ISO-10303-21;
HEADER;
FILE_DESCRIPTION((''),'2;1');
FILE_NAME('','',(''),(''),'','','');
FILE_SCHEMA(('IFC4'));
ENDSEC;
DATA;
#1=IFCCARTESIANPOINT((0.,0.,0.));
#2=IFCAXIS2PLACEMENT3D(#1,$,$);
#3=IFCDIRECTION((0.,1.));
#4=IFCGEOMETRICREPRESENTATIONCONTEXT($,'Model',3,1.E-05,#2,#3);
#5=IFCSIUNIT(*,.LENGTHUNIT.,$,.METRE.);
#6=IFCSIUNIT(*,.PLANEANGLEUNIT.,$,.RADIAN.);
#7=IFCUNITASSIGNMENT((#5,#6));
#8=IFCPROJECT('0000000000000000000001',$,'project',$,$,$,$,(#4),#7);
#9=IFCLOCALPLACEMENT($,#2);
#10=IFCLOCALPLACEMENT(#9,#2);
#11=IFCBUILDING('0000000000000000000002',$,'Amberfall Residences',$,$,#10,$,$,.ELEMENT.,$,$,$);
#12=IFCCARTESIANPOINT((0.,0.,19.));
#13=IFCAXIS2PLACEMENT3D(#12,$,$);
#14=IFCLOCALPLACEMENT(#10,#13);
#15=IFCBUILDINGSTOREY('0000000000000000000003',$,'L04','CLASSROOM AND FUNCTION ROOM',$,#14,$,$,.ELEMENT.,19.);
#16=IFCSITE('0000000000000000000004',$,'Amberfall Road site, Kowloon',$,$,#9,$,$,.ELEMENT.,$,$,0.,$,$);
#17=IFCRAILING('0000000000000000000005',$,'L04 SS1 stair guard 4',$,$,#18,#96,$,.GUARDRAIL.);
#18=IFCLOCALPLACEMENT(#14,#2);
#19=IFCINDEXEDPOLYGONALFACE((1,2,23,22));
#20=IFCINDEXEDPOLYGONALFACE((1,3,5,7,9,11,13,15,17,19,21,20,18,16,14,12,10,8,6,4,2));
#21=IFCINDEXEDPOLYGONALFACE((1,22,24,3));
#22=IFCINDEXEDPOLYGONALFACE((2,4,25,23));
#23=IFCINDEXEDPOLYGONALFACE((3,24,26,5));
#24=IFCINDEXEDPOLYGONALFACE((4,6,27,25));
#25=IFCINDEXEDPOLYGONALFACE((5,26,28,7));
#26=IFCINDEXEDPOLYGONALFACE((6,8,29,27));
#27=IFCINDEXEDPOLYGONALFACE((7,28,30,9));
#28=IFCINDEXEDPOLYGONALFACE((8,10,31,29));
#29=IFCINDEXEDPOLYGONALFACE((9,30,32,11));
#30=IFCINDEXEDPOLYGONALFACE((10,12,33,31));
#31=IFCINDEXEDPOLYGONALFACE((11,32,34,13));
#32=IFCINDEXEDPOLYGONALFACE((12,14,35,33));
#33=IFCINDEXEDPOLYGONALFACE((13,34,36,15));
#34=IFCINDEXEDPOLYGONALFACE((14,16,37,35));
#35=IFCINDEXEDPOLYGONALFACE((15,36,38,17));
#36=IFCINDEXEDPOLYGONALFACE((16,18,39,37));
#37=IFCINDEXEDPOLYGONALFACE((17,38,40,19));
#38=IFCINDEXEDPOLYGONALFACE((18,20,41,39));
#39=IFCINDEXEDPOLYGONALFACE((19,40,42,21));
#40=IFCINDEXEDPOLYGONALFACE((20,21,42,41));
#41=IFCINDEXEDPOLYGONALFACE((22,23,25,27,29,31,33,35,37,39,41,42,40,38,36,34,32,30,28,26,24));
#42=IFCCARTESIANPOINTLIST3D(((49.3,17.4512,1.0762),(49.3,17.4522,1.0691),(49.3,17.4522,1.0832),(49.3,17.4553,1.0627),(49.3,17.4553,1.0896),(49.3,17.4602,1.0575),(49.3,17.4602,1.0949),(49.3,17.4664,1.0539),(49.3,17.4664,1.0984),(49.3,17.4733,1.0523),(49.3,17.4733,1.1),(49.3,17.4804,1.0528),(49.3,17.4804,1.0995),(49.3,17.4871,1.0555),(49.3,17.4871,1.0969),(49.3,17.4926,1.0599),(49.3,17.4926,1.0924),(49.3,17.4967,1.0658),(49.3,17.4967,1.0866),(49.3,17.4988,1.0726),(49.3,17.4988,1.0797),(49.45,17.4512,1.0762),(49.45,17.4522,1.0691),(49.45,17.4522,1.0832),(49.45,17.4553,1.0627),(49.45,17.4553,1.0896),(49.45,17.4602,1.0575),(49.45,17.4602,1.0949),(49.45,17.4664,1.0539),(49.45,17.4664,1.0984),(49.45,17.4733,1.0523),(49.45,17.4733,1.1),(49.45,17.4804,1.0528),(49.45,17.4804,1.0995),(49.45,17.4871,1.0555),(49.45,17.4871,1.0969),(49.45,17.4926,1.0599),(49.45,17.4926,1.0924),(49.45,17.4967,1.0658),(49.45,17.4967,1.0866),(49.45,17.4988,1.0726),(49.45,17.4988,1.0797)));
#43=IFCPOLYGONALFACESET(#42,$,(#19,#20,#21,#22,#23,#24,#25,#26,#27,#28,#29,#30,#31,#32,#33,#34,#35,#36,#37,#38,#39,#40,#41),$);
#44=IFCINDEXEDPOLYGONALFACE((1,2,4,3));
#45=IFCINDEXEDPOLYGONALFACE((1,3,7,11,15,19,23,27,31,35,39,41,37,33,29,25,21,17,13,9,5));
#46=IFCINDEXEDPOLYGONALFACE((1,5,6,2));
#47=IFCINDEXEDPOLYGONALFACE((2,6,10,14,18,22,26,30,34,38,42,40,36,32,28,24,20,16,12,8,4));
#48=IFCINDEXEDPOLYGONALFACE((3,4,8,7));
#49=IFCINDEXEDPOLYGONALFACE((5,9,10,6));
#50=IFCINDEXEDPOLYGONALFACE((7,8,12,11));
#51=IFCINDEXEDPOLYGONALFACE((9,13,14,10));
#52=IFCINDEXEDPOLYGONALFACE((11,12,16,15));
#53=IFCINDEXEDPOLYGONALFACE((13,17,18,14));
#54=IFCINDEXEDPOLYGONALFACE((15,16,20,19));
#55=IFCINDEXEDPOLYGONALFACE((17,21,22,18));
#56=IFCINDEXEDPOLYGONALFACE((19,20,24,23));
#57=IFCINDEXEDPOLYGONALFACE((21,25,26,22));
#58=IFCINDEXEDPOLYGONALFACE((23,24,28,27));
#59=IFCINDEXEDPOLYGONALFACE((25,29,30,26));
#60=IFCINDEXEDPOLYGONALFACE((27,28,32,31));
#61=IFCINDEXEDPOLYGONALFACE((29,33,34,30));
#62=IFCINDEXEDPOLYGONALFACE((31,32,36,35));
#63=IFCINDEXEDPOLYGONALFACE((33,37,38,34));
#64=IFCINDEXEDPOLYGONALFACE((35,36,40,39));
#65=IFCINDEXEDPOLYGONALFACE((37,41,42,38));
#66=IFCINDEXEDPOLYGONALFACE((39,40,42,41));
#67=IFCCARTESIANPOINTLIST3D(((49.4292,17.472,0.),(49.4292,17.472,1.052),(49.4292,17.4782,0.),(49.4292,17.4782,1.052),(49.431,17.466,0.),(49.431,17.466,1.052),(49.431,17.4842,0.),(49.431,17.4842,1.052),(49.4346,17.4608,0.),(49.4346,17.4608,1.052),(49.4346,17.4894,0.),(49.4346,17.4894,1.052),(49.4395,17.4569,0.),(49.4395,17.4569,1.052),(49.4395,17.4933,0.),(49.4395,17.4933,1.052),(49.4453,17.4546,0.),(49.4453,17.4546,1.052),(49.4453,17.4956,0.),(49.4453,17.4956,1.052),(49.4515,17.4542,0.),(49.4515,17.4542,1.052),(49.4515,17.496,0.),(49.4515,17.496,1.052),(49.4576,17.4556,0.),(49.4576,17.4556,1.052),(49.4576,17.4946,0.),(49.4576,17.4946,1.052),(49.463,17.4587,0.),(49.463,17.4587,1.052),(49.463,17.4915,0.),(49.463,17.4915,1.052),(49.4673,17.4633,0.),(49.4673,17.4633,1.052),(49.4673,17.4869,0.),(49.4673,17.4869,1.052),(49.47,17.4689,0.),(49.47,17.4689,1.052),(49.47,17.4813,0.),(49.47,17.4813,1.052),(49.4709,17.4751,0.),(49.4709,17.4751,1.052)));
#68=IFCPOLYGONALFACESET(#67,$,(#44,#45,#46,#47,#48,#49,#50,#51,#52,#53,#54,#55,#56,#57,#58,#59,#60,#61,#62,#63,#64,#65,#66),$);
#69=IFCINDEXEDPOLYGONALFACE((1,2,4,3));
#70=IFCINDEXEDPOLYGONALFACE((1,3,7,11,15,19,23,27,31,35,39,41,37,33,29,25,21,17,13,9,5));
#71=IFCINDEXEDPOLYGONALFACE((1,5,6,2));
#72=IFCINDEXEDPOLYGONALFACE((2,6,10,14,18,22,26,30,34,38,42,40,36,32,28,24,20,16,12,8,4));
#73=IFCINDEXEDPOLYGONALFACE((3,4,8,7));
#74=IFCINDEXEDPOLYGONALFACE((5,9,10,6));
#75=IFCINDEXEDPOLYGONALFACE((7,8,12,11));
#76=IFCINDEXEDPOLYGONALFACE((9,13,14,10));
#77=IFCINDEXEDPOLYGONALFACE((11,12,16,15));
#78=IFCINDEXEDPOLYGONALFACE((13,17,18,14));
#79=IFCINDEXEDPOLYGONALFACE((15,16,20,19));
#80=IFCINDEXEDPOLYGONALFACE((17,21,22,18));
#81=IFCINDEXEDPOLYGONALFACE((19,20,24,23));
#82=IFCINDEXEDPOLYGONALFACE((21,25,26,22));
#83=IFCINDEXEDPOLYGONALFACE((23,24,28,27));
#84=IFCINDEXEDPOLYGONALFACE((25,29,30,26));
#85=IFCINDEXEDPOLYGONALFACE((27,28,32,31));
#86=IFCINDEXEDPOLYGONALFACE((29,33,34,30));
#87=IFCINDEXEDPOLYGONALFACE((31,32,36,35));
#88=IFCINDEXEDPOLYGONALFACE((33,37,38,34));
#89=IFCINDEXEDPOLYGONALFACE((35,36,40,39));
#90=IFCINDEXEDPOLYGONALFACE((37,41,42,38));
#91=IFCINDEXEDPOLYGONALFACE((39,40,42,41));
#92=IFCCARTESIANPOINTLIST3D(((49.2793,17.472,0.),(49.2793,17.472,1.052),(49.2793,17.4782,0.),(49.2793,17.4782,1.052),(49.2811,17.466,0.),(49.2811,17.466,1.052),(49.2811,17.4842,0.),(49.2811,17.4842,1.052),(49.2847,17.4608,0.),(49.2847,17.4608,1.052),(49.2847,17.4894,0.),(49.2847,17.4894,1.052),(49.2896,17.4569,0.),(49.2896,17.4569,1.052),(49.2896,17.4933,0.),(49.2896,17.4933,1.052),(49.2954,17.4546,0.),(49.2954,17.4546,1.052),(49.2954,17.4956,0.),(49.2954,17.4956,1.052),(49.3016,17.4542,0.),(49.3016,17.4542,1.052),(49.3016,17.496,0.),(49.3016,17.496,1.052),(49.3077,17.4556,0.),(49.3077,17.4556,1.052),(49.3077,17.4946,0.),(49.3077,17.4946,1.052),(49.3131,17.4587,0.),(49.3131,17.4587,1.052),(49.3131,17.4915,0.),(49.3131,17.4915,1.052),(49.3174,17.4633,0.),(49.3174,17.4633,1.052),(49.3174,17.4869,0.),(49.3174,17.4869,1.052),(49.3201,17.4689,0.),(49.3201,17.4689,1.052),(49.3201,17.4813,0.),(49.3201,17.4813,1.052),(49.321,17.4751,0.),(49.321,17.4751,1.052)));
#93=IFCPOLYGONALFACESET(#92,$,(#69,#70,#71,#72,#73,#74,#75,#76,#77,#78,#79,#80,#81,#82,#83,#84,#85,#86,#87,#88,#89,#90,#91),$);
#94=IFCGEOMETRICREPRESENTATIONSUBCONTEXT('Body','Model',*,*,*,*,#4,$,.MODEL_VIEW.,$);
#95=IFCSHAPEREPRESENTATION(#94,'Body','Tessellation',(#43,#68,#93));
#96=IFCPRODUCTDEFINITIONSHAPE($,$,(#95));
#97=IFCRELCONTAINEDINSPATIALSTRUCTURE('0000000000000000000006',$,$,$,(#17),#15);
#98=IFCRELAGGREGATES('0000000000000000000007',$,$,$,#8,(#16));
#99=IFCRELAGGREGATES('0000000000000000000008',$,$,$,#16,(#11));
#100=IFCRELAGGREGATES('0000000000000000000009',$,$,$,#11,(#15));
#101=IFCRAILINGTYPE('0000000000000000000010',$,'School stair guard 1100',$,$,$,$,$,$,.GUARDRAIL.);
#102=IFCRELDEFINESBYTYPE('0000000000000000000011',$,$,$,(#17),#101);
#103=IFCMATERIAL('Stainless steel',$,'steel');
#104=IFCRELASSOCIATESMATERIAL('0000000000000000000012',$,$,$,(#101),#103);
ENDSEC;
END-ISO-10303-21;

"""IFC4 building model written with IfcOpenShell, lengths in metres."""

from ifc_helpers import new_model, si_unit, direction, frame, origin, origin_2d, place, context, subcontext, project, spatial, circle, extrude, material, type_object, element, save


model = new_model("IFC4")

# Units and contexts
model_context = context("Model", 3, precision=1e-05, world=origin(), true_north=direction((0.0, 1.0)))
body_context = subcontext(model_context, "Body", "Model", "MODEL_VIEW")
ifc_project = project(units=[si_unit("LENGTHUNIT", "METRE"), si_unit("PLANEANGLEUNIT", "RADIAN")], contexts=[model_context])

# Site, building, storey
site_placement = place(None, origin())
site = spatial("IfcSite", under=ifc_project, at=site_placement, Name="Amberfall Road site, Kowloon", CompositionType="ELEMENT", RefElevation=0.0)
building_placement = place(site_placement, origin())
building = spatial("IfcBuilding", under=site, at=building_placement, Name="Amberfall Residences", CompositionType="ELEMENT")
storey_placement = place(building_placement, frame((0.0, 0.0, 19.0)))
storey = spatial("IfcBuildingStorey", under=building, at=storey_placement, Name="L04", Description="CLASSROOM AND FUNCTION ROOM", CompositionType="ELEMENT", Elevation=19.0)

# Railing
ifc_material_1 = material(Name="Stainless steel", Category="steel")
railing_type_1 = type_object("IfcRailingType", Name="School stair guard 1100", PredefinedType="GUARDRAIL", material=ifc_material_1)
railing_1_placement = place(storey_placement, frame((49.45, 17.4751, 0.0)))
element("IfcRailing", 1, at=railing_1_placement, inside=storey, type_object=railing_type_1, Name="L04 SS1 stair guard 4", PredefinedType="GUARDRAIL", context=body_context, shape_type="SweptSolid", body=[
    extrude(circle(Radius=0.0239, at=origin_2d()), frame((0.0, 0.0, 1.0762), z_axis=(-1.0, 0.0, 0.0), x_axis=(0.0, -1.0, 0.0)), (0.0, 0.0, 1.0), 0.1499),
    extrude(circle(Radius=0.021, at=origin_2d()), origin(), (0.0, 0.0, 1.0), 1.052),
    extrude(circle(Radius=0.021, at=origin_2d()), frame((-0.1499, 0.0, 0.0)), (0.0, 0.0, 1.0), 1.052),
])

save(model, "model.ifc")
